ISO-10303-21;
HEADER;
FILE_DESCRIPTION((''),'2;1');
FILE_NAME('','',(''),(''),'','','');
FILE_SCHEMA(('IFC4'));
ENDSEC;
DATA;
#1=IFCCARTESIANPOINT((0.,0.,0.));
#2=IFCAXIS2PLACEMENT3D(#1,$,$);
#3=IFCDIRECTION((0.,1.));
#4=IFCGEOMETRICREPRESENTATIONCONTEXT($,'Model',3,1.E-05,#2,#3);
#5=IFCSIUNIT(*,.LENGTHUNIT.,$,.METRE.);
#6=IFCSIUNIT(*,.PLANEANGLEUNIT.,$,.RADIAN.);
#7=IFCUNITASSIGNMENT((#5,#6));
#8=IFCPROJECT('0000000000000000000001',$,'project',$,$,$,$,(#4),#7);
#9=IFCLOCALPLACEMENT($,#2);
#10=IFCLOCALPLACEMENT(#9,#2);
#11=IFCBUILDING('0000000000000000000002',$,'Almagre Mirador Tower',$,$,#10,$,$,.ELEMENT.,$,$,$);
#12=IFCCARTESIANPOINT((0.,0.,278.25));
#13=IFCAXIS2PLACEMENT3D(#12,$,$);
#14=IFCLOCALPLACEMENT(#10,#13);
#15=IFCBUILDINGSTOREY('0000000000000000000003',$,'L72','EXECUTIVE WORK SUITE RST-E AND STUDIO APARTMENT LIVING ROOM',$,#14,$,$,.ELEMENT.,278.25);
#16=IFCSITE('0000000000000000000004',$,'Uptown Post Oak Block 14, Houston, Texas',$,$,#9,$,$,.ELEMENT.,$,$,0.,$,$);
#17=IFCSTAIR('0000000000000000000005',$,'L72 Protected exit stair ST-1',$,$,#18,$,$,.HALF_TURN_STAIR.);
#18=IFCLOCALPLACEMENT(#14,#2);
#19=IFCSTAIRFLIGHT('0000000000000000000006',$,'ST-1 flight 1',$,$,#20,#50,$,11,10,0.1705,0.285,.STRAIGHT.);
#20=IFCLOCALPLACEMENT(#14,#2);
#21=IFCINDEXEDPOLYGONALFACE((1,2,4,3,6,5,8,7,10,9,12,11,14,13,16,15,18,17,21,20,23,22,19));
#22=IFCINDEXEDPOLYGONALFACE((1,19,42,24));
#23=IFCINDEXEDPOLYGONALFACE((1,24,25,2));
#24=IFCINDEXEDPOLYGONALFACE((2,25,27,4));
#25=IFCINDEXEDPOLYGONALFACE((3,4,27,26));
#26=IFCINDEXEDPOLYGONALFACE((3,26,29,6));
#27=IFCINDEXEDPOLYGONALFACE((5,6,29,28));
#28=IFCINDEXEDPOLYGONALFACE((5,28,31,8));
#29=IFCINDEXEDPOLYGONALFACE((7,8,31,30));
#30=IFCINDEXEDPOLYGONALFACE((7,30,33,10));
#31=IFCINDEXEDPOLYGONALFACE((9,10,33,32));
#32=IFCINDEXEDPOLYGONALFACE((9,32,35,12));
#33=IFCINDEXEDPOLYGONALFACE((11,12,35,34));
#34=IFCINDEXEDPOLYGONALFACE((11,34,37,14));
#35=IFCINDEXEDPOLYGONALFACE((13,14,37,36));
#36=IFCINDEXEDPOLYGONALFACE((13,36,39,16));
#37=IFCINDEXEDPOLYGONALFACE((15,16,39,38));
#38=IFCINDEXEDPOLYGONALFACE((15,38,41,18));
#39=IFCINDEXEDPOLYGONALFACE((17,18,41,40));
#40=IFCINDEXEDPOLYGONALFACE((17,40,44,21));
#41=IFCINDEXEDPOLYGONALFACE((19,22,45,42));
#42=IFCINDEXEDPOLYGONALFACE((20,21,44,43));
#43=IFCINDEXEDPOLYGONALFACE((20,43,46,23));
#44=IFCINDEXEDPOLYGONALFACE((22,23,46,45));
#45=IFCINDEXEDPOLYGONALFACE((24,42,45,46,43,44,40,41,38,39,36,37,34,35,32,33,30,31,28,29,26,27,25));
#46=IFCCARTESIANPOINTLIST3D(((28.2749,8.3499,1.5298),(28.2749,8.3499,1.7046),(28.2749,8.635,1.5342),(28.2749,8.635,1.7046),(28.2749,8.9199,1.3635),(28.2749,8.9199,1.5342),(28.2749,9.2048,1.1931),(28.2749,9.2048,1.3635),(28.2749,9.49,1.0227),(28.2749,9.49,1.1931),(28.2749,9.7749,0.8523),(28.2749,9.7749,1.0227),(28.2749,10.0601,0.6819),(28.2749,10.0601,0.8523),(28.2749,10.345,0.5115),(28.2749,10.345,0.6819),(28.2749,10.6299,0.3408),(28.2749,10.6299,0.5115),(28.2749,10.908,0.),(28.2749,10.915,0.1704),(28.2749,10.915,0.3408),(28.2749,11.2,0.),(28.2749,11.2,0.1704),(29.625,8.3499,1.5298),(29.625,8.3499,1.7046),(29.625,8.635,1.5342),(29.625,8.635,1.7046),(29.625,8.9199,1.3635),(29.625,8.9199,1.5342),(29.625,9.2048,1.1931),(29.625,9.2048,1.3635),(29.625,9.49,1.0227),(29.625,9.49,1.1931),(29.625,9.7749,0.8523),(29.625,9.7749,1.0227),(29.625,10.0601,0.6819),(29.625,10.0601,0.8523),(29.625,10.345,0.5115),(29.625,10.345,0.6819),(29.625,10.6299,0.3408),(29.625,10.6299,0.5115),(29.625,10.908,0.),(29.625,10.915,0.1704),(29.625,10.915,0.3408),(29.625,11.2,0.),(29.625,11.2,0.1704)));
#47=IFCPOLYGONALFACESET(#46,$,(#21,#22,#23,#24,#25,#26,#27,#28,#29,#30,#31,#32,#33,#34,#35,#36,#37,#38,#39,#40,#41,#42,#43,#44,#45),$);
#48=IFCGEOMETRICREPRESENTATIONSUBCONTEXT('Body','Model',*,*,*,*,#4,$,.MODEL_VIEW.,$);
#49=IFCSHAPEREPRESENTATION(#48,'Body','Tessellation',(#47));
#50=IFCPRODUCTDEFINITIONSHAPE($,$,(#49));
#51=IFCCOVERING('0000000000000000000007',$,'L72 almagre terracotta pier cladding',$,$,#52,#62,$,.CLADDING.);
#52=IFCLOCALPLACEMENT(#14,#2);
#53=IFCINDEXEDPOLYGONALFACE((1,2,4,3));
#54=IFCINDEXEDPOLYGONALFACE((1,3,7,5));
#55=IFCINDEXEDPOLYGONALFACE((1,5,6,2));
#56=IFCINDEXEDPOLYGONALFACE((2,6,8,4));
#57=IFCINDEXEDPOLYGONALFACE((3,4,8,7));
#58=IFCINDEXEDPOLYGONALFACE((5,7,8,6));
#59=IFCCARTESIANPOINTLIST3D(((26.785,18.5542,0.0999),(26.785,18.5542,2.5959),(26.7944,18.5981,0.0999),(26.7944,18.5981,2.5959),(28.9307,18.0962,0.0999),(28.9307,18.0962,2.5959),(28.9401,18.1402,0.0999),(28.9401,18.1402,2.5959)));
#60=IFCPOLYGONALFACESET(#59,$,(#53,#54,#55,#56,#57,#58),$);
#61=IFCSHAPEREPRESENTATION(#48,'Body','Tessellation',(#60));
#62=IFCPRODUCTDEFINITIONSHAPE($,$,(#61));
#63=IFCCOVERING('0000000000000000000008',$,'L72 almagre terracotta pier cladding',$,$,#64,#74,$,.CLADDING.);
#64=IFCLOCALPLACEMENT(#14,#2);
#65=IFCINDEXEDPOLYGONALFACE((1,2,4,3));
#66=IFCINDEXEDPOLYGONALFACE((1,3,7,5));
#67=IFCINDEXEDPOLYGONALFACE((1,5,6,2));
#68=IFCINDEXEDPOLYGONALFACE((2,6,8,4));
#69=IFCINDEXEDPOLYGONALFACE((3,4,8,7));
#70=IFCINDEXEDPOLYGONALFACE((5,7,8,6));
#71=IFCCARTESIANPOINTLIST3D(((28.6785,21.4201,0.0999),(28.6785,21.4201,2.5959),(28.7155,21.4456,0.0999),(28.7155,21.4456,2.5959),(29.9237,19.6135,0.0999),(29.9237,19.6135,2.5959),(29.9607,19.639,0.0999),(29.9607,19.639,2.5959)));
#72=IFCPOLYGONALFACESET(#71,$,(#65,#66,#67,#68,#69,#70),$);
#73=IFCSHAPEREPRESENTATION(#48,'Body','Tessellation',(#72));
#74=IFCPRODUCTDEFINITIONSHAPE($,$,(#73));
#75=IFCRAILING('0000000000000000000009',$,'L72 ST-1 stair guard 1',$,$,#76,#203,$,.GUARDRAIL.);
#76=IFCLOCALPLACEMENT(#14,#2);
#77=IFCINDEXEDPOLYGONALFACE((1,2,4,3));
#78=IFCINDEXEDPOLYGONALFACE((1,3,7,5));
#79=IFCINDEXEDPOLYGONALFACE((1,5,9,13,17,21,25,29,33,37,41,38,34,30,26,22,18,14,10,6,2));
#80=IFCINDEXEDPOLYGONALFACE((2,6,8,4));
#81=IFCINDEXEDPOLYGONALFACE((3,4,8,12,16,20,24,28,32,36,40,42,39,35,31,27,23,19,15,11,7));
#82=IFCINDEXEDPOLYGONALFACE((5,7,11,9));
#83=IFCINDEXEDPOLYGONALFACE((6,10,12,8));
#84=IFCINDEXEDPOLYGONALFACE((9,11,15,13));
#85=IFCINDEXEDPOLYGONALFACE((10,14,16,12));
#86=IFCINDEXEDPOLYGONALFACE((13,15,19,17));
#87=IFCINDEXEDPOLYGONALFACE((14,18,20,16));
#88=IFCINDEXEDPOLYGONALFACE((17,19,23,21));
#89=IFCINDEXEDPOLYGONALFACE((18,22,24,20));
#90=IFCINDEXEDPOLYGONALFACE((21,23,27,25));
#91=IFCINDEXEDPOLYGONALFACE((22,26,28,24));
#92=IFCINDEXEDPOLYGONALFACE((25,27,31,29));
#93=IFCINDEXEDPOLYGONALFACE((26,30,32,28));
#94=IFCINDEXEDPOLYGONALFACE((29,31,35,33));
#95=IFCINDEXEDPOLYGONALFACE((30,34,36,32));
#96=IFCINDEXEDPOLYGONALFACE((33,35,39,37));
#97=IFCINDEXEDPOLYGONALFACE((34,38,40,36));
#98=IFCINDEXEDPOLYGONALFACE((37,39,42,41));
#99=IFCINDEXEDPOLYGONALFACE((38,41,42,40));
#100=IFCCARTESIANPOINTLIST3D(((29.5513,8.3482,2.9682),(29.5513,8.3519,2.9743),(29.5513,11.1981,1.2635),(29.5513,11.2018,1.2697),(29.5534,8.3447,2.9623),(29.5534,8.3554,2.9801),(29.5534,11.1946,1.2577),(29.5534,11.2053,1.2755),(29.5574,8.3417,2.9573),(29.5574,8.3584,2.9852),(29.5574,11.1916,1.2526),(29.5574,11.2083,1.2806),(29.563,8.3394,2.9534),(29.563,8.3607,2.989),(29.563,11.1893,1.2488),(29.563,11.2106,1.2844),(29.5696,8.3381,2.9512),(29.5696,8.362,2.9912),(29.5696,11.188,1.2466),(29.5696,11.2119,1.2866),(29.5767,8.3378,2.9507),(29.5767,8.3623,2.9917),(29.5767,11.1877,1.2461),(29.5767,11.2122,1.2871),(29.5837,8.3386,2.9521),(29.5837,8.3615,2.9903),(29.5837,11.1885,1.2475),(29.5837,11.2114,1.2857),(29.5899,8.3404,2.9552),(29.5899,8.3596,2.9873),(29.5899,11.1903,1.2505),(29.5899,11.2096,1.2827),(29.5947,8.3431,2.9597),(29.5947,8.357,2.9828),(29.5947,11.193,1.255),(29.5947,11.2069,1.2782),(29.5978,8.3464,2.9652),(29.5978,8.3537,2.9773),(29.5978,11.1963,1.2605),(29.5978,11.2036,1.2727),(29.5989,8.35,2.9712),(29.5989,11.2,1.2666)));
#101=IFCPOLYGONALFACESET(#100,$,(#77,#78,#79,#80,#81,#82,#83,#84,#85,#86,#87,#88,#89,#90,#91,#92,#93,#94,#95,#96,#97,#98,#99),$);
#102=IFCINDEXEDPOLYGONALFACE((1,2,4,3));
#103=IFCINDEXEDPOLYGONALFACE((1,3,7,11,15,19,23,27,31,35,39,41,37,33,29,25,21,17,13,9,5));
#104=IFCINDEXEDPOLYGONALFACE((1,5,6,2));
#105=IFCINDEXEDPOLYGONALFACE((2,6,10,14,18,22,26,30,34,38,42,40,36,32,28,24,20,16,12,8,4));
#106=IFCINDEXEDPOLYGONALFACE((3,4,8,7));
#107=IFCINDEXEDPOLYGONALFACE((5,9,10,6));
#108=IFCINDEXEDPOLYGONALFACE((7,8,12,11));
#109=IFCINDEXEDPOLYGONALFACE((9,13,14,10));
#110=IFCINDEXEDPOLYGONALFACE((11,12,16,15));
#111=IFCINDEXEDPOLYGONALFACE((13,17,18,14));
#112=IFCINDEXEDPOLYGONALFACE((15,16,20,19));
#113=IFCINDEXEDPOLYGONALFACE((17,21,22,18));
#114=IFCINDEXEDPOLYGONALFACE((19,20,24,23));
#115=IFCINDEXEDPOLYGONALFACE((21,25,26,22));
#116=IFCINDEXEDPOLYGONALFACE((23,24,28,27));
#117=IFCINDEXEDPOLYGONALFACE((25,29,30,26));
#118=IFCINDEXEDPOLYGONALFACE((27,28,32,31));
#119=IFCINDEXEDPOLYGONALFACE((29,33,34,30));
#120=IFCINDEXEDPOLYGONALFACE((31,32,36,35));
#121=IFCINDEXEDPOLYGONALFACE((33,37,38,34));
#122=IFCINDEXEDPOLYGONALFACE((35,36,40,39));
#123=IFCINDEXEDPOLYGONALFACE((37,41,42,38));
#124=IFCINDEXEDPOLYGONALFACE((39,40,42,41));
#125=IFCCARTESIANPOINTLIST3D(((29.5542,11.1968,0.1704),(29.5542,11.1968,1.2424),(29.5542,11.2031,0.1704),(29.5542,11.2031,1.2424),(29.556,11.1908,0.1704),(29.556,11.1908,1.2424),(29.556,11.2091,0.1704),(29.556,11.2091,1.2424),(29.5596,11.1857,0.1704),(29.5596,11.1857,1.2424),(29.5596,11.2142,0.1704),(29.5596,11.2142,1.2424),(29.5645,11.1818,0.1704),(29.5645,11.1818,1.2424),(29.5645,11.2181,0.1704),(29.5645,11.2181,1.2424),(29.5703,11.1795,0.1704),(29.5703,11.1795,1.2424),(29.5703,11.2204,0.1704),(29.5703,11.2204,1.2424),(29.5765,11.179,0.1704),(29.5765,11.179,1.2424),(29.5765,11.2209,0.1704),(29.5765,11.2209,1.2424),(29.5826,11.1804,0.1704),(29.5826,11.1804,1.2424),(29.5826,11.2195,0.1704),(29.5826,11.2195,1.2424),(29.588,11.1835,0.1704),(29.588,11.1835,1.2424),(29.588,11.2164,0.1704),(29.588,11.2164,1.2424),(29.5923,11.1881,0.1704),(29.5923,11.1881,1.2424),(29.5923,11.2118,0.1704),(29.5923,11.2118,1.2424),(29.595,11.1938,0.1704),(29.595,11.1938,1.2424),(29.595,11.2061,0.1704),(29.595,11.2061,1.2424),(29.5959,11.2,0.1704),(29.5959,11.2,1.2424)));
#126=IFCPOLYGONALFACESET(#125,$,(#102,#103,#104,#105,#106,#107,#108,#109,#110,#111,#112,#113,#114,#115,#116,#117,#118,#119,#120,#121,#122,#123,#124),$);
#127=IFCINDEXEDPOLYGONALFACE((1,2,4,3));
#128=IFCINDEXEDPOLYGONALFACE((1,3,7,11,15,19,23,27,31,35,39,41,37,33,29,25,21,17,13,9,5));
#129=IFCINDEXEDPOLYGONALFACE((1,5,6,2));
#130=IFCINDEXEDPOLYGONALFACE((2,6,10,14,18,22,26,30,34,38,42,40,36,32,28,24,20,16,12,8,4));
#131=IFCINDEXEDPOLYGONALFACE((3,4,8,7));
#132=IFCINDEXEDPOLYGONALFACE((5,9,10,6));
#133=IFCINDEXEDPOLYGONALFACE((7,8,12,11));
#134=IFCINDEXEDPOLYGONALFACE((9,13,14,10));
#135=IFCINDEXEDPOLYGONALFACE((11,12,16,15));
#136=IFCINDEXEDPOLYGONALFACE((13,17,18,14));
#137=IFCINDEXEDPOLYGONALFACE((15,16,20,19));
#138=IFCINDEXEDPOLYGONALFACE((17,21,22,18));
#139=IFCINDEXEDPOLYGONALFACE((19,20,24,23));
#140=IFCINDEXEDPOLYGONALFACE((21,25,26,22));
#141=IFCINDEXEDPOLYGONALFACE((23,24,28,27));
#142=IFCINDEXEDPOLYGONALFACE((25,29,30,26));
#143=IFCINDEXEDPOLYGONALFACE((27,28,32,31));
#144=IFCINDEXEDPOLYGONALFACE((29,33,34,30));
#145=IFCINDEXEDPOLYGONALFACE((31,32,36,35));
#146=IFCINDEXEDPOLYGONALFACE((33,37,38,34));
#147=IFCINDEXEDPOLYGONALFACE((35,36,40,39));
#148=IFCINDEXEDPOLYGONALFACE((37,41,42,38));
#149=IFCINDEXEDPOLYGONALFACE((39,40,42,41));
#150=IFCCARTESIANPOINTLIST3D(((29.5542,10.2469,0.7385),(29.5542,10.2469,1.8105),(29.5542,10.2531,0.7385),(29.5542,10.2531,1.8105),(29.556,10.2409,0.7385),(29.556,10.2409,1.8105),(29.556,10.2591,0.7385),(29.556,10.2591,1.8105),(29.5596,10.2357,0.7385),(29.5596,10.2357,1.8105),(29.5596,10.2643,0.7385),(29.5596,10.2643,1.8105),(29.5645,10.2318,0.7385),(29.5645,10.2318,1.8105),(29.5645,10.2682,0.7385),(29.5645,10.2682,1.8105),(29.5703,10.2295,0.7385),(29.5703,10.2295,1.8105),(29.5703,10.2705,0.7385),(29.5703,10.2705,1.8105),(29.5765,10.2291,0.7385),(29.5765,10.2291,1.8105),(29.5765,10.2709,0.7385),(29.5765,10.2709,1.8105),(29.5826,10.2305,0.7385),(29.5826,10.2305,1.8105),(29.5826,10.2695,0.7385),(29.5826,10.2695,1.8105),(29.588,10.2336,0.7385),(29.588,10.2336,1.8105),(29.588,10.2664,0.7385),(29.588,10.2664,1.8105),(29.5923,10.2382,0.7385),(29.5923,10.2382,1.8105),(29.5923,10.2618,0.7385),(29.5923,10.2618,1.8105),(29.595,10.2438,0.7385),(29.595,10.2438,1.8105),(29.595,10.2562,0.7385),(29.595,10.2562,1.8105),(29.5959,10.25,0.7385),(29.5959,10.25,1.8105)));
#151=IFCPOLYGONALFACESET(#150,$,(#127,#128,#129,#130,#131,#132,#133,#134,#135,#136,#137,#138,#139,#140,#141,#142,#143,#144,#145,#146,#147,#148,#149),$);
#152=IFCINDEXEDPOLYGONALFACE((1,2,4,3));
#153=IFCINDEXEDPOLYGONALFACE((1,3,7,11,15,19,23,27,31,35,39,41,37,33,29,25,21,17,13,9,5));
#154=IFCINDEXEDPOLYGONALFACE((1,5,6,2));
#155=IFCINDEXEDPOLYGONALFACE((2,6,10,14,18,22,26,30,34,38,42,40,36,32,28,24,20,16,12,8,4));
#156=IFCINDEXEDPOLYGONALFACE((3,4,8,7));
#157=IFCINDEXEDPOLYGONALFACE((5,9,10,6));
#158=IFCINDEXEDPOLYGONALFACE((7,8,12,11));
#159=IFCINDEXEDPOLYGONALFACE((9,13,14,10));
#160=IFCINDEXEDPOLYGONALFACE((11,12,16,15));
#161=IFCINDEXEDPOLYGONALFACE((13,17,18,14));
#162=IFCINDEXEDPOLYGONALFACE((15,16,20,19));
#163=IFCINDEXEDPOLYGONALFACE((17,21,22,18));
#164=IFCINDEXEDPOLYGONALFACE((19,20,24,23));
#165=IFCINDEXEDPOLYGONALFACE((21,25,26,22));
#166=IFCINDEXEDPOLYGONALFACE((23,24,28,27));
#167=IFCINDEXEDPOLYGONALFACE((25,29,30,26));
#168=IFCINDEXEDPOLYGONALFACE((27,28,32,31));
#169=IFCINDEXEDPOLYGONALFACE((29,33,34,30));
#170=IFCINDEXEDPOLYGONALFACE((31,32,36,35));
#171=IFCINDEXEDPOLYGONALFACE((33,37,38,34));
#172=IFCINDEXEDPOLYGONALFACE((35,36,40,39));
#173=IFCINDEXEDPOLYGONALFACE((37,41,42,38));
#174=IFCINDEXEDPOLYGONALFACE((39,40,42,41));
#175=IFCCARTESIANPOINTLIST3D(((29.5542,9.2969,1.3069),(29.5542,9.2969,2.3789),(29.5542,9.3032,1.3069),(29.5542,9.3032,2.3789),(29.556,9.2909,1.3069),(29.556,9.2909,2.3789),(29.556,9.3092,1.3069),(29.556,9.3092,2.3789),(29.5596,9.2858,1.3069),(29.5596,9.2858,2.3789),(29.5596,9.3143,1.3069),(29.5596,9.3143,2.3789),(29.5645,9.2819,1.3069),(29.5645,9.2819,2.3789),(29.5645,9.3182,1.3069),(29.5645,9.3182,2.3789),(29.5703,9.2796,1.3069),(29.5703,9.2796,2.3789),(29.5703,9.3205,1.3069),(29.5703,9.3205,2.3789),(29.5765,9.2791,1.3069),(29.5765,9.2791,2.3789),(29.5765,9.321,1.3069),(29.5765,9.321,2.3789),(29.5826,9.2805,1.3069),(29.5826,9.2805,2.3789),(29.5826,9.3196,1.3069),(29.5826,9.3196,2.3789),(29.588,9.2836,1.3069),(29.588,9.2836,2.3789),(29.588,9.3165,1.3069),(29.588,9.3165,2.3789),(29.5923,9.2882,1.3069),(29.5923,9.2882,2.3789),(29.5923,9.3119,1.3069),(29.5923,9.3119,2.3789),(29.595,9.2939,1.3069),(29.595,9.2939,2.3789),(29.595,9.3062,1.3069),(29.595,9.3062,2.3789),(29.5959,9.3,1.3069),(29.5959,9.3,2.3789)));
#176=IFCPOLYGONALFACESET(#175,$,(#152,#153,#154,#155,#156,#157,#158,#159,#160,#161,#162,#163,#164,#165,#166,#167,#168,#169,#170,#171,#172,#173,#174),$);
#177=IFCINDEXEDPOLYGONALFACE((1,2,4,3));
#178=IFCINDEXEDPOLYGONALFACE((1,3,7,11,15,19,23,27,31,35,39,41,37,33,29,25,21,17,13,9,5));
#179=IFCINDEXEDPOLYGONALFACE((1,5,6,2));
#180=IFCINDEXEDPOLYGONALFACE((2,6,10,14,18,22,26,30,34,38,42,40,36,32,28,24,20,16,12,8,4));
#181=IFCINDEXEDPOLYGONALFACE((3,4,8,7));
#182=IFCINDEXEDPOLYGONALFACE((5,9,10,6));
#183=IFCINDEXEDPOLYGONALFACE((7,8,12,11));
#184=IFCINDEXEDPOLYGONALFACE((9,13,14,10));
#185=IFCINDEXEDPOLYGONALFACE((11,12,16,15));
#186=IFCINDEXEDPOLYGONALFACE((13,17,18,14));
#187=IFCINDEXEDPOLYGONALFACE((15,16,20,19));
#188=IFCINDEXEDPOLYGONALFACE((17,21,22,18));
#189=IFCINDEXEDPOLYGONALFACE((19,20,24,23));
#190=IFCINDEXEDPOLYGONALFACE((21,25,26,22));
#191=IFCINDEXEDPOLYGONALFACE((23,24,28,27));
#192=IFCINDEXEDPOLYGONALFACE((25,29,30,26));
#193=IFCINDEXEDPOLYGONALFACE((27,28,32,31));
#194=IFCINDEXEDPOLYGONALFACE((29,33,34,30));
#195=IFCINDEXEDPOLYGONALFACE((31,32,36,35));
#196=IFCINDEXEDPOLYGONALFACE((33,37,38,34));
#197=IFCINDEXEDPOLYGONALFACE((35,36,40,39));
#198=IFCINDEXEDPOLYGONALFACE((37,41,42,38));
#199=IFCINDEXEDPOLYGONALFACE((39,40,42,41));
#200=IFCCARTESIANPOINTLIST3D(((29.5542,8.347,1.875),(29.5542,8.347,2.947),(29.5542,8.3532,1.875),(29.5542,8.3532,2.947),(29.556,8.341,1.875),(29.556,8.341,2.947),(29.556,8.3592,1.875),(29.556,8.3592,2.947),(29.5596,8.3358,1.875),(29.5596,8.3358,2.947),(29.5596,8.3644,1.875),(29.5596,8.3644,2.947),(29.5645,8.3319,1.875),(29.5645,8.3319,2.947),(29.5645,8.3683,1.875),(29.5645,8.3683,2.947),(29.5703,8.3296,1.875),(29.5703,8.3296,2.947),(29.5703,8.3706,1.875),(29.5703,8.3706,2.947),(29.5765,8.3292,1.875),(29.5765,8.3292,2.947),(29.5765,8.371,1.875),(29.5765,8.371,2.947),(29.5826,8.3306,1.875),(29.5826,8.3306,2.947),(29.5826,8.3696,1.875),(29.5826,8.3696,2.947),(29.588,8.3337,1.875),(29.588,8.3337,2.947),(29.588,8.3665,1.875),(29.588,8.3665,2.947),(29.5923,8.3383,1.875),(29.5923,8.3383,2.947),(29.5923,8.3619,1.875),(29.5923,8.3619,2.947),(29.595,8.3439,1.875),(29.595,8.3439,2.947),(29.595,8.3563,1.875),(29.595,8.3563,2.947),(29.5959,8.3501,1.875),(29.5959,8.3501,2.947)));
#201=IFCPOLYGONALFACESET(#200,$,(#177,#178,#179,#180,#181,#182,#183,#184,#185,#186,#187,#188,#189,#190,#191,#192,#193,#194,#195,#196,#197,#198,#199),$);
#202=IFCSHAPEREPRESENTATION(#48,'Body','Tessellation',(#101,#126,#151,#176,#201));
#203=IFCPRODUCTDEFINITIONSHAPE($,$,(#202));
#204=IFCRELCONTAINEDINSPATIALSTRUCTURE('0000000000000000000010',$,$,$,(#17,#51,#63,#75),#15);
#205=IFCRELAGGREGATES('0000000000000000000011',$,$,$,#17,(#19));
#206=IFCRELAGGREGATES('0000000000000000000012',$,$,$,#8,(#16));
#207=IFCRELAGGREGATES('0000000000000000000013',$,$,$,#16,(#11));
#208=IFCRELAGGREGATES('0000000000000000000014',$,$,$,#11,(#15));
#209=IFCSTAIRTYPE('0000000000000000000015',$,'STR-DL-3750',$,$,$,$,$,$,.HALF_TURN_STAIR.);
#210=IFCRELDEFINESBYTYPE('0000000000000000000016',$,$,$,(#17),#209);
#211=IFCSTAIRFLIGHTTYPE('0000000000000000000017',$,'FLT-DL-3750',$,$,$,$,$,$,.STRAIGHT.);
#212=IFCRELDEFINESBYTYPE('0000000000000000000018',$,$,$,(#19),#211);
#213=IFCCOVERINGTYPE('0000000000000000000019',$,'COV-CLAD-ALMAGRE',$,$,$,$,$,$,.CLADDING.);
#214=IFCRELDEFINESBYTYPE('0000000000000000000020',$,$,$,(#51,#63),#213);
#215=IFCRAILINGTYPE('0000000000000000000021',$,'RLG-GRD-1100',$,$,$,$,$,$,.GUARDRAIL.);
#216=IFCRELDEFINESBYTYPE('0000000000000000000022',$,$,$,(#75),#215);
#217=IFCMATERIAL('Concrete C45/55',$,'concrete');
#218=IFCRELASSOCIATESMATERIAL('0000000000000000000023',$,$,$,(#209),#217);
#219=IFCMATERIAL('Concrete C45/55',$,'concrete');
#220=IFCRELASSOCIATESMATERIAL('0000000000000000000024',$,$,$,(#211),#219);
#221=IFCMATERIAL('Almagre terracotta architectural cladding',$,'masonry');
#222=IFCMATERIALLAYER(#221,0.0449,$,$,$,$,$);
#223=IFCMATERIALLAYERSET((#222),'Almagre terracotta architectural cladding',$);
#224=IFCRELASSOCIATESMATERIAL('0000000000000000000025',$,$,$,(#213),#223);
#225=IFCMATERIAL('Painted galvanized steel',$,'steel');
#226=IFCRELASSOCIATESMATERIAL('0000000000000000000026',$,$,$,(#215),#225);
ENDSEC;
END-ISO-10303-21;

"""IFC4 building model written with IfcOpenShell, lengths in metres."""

from ifc_helpers import new_model, si_unit, direction, frame, origin, origin_2d, place, context, subcontext, project, spatial, polyline, rectangle, circle, outline, extrude, material, layer, layer_set, type_object, element, aggregate, save


model = new_model("IFC4")

# Units and contexts
model_context = context("Model", 3, precision=1e-05, world=origin(), true_north=direction((0.0, 1.0)))
body_context = subcontext(model_context, "Body", "Model", "MODEL_VIEW")
ifc_project = project(units=[si_unit("LENGTHUNIT", "METRE"), si_unit("PLANEANGLEUNIT", "RADIAN")], contexts=[model_context])

# Site, building, storey
site_placement = place(None, origin())
site = spatial("IfcSite", under=ifc_project, at=site_placement, Name="Uptown Post Oak Block 14, Houston, Texas", CompositionType="ELEMENT", RefElevation=0.0)
building_placement = place(site_placement, origin())
building = spatial("IfcBuilding", under=site, at=building_placement, Name="Almagre Mirador Tower", CompositionType="ELEMENT")
storey_placement = place(building_placement, frame((0.0, 0.0, 278.25)))
storey = spatial("IfcBuildingStorey", under=building, at=storey_placement, Name="L72", Description="EXECUTIVE WORK SUITE RST-E AND STUDIO APARTMENT LIVING ROOM", CompositionType="ELEMENT", Elevation=278.25)

# Stair, stair flight
ifc_material_1 = material(Name="Concrete C45/55", Category="concrete")
stair_type = type_object("IfcStairType", Name="STR-DL-3750", PredefinedType="HALF_TURN_STAIR", material=ifc_material_1)
stair_placement = place(storey_placement, origin())
stair = element("IfcStair", 1, at=stair_placement, inside=storey, type_object=stair_type, Name="L72 Protected exit stair ST-1", PredefinedType="HALF_TURN_STAIR")
ifc_material_2 = material(Name="Concrete C45/55", Category="concrete")
stair_flight_type = type_object("IfcStairFlightType", Name="FLT-DL-3750", PredefinedType="STRAIGHT", material=ifc_material_2)
stair_flight_placement = place(storey_placement, frame((28.95, 11.2, 0.0), z_axis=(0.0, 0.0, 1.0), x_axis=(0.0, -1.0, 0.0)))
stair_flight = element("IfcStairFlight", 2, at=stair_flight_placement, type_object=stair_flight_type, Name="ST-1 flight 1", NumberOfRisers=11, NumberOfTreads=10, PredefinedType="STRAIGHT", RiserHeight=0.1705, TreadLength=0.285, context=body_context, shape_type="SweptSolid", body=[
    extrude(outline(polyline([(0.0, 0.0), (0.0, 0.1704), (0.2849, 0.1704), (0.2849, 0.3408), (0.5701, 0.3408), (0.5701, 0.5115), (0.855, 0.5115), (0.855, 0.6819), (1.1399, 0.6819), (1.1399, 0.8523), (1.425, 0.8523), (1.425, 1.0227), (1.71, 1.0227), (1.71, 1.1931), (1.9951, 1.1931), (1.9951, 1.3635), (2.28, 1.3635), (2.28, 1.5342), (2.5649, 1.5342), (2.5649, 1.7046), (2.8501, 1.7046), (2.8501, 1.875), (2.8501, 1.5298), (0.292, 0.0), (0.0, 0.0)])), frame((0.0, 0.675, 0.0), z_axis=(0.0, -1.0, 0.0), x_axis=(1.0, 0.0, 0.0)), (0.0, 0.0, 1.0), 1.3501),
])
aggregate(stair, [stair_flight])

# Coverings
ifc_material_3 = material(Name="Almagre terracotta architectural cladding", Category="masonry")
ifc_layer_1 = layer(ifc_material_3, 0.0449)
ifc_layer_set_1 = layer_set([ifc_layer_1], Name="Almagre terracotta architectural cladding")
covering_type = type_object("IfcCoveringType", Name="COV-CLAD-ALMAGRE", PredefinedType="CLADDING", material=ifc_layer_set_1)
for number, where, z_axis, x_axis, name in (
    (3, (27.8625, 18.3472, 0.0999), (0.0, 0.0, 1.0), (0.977977, -0.208714, 0.0), "L72 almagre terracotta pier cladding"),
    (4, (29.3196, 20.5295, 0.0999), (0.0, 0.0, 1.0), (-0.567513, 0.823364, 0.0), "L72 almagre terracotta pier cladding"),
):
    element("IfcCovering", number, at=place(storey_placement, frame(where, z_axis=z_axis, x_axis=x_axis)), inside=storey, type_object=covering_type, Name=name, PredefinedType="CLADDING", context=body_context, shape_type="SweptSolid", body=[
        extrude(rectangle(XDim=2.1941, YDim=0.0449, at=origin_2d()), origin(), (0.0, 0.0, 1.0), 2.4961),
    ])

# Railing
ifc_material_4 = material(Name="Painted galvanized steel", Category="steel")
railing_type_1 = type_object("IfcRailingType", Name="RLG-GRD-1100", PredefinedType="GUARDRAIL", material=ifc_material_4)
railing_1_placement = place(storey_placement, frame((29.575, 11.2, 0.1704)))
element("IfcRailing", 5, at=railing_1_placement, inside=storey, type_object=railing_type_1, Name="L72 ST-1 stair guard 1", PredefinedType="GUARDRAIL", context=body_context, shape_type="SweptSolid", body=[
    extrude(circle(Radius=0.0239, at=origin_2d()), frame((0.0, 0.0, 1.0962), z_axis=(0.0, -0.858199, 0.513317), x_axis=(1.0, 0.0, 0.0)), (0.0, 0.0, 1.0), 3.3208),
    extrude(circle(Radius=0.021, at=origin_2d()), origin(), (0.0, 0.0, 1.0), 1.072),
    extrude(circle(Radius=0.021, at=origin_2d()), frame((0.0, -0.95, 0.5681)), (0.0, 0.0, 1.0), 1.072),
    extrude(circle(Radius=0.021, at=origin_2d()), frame((0.0, -1.8999, 1.1365)), (0.0, 0.0, 1.0), 1.072),
    extrude(circle(Radius=0.021, at=origin_2d()), frame((0.0, -2.8499, 1.7046)), (0.0, 0.0, 1.0), 1.072),
])

save(model, "model.ifc")
